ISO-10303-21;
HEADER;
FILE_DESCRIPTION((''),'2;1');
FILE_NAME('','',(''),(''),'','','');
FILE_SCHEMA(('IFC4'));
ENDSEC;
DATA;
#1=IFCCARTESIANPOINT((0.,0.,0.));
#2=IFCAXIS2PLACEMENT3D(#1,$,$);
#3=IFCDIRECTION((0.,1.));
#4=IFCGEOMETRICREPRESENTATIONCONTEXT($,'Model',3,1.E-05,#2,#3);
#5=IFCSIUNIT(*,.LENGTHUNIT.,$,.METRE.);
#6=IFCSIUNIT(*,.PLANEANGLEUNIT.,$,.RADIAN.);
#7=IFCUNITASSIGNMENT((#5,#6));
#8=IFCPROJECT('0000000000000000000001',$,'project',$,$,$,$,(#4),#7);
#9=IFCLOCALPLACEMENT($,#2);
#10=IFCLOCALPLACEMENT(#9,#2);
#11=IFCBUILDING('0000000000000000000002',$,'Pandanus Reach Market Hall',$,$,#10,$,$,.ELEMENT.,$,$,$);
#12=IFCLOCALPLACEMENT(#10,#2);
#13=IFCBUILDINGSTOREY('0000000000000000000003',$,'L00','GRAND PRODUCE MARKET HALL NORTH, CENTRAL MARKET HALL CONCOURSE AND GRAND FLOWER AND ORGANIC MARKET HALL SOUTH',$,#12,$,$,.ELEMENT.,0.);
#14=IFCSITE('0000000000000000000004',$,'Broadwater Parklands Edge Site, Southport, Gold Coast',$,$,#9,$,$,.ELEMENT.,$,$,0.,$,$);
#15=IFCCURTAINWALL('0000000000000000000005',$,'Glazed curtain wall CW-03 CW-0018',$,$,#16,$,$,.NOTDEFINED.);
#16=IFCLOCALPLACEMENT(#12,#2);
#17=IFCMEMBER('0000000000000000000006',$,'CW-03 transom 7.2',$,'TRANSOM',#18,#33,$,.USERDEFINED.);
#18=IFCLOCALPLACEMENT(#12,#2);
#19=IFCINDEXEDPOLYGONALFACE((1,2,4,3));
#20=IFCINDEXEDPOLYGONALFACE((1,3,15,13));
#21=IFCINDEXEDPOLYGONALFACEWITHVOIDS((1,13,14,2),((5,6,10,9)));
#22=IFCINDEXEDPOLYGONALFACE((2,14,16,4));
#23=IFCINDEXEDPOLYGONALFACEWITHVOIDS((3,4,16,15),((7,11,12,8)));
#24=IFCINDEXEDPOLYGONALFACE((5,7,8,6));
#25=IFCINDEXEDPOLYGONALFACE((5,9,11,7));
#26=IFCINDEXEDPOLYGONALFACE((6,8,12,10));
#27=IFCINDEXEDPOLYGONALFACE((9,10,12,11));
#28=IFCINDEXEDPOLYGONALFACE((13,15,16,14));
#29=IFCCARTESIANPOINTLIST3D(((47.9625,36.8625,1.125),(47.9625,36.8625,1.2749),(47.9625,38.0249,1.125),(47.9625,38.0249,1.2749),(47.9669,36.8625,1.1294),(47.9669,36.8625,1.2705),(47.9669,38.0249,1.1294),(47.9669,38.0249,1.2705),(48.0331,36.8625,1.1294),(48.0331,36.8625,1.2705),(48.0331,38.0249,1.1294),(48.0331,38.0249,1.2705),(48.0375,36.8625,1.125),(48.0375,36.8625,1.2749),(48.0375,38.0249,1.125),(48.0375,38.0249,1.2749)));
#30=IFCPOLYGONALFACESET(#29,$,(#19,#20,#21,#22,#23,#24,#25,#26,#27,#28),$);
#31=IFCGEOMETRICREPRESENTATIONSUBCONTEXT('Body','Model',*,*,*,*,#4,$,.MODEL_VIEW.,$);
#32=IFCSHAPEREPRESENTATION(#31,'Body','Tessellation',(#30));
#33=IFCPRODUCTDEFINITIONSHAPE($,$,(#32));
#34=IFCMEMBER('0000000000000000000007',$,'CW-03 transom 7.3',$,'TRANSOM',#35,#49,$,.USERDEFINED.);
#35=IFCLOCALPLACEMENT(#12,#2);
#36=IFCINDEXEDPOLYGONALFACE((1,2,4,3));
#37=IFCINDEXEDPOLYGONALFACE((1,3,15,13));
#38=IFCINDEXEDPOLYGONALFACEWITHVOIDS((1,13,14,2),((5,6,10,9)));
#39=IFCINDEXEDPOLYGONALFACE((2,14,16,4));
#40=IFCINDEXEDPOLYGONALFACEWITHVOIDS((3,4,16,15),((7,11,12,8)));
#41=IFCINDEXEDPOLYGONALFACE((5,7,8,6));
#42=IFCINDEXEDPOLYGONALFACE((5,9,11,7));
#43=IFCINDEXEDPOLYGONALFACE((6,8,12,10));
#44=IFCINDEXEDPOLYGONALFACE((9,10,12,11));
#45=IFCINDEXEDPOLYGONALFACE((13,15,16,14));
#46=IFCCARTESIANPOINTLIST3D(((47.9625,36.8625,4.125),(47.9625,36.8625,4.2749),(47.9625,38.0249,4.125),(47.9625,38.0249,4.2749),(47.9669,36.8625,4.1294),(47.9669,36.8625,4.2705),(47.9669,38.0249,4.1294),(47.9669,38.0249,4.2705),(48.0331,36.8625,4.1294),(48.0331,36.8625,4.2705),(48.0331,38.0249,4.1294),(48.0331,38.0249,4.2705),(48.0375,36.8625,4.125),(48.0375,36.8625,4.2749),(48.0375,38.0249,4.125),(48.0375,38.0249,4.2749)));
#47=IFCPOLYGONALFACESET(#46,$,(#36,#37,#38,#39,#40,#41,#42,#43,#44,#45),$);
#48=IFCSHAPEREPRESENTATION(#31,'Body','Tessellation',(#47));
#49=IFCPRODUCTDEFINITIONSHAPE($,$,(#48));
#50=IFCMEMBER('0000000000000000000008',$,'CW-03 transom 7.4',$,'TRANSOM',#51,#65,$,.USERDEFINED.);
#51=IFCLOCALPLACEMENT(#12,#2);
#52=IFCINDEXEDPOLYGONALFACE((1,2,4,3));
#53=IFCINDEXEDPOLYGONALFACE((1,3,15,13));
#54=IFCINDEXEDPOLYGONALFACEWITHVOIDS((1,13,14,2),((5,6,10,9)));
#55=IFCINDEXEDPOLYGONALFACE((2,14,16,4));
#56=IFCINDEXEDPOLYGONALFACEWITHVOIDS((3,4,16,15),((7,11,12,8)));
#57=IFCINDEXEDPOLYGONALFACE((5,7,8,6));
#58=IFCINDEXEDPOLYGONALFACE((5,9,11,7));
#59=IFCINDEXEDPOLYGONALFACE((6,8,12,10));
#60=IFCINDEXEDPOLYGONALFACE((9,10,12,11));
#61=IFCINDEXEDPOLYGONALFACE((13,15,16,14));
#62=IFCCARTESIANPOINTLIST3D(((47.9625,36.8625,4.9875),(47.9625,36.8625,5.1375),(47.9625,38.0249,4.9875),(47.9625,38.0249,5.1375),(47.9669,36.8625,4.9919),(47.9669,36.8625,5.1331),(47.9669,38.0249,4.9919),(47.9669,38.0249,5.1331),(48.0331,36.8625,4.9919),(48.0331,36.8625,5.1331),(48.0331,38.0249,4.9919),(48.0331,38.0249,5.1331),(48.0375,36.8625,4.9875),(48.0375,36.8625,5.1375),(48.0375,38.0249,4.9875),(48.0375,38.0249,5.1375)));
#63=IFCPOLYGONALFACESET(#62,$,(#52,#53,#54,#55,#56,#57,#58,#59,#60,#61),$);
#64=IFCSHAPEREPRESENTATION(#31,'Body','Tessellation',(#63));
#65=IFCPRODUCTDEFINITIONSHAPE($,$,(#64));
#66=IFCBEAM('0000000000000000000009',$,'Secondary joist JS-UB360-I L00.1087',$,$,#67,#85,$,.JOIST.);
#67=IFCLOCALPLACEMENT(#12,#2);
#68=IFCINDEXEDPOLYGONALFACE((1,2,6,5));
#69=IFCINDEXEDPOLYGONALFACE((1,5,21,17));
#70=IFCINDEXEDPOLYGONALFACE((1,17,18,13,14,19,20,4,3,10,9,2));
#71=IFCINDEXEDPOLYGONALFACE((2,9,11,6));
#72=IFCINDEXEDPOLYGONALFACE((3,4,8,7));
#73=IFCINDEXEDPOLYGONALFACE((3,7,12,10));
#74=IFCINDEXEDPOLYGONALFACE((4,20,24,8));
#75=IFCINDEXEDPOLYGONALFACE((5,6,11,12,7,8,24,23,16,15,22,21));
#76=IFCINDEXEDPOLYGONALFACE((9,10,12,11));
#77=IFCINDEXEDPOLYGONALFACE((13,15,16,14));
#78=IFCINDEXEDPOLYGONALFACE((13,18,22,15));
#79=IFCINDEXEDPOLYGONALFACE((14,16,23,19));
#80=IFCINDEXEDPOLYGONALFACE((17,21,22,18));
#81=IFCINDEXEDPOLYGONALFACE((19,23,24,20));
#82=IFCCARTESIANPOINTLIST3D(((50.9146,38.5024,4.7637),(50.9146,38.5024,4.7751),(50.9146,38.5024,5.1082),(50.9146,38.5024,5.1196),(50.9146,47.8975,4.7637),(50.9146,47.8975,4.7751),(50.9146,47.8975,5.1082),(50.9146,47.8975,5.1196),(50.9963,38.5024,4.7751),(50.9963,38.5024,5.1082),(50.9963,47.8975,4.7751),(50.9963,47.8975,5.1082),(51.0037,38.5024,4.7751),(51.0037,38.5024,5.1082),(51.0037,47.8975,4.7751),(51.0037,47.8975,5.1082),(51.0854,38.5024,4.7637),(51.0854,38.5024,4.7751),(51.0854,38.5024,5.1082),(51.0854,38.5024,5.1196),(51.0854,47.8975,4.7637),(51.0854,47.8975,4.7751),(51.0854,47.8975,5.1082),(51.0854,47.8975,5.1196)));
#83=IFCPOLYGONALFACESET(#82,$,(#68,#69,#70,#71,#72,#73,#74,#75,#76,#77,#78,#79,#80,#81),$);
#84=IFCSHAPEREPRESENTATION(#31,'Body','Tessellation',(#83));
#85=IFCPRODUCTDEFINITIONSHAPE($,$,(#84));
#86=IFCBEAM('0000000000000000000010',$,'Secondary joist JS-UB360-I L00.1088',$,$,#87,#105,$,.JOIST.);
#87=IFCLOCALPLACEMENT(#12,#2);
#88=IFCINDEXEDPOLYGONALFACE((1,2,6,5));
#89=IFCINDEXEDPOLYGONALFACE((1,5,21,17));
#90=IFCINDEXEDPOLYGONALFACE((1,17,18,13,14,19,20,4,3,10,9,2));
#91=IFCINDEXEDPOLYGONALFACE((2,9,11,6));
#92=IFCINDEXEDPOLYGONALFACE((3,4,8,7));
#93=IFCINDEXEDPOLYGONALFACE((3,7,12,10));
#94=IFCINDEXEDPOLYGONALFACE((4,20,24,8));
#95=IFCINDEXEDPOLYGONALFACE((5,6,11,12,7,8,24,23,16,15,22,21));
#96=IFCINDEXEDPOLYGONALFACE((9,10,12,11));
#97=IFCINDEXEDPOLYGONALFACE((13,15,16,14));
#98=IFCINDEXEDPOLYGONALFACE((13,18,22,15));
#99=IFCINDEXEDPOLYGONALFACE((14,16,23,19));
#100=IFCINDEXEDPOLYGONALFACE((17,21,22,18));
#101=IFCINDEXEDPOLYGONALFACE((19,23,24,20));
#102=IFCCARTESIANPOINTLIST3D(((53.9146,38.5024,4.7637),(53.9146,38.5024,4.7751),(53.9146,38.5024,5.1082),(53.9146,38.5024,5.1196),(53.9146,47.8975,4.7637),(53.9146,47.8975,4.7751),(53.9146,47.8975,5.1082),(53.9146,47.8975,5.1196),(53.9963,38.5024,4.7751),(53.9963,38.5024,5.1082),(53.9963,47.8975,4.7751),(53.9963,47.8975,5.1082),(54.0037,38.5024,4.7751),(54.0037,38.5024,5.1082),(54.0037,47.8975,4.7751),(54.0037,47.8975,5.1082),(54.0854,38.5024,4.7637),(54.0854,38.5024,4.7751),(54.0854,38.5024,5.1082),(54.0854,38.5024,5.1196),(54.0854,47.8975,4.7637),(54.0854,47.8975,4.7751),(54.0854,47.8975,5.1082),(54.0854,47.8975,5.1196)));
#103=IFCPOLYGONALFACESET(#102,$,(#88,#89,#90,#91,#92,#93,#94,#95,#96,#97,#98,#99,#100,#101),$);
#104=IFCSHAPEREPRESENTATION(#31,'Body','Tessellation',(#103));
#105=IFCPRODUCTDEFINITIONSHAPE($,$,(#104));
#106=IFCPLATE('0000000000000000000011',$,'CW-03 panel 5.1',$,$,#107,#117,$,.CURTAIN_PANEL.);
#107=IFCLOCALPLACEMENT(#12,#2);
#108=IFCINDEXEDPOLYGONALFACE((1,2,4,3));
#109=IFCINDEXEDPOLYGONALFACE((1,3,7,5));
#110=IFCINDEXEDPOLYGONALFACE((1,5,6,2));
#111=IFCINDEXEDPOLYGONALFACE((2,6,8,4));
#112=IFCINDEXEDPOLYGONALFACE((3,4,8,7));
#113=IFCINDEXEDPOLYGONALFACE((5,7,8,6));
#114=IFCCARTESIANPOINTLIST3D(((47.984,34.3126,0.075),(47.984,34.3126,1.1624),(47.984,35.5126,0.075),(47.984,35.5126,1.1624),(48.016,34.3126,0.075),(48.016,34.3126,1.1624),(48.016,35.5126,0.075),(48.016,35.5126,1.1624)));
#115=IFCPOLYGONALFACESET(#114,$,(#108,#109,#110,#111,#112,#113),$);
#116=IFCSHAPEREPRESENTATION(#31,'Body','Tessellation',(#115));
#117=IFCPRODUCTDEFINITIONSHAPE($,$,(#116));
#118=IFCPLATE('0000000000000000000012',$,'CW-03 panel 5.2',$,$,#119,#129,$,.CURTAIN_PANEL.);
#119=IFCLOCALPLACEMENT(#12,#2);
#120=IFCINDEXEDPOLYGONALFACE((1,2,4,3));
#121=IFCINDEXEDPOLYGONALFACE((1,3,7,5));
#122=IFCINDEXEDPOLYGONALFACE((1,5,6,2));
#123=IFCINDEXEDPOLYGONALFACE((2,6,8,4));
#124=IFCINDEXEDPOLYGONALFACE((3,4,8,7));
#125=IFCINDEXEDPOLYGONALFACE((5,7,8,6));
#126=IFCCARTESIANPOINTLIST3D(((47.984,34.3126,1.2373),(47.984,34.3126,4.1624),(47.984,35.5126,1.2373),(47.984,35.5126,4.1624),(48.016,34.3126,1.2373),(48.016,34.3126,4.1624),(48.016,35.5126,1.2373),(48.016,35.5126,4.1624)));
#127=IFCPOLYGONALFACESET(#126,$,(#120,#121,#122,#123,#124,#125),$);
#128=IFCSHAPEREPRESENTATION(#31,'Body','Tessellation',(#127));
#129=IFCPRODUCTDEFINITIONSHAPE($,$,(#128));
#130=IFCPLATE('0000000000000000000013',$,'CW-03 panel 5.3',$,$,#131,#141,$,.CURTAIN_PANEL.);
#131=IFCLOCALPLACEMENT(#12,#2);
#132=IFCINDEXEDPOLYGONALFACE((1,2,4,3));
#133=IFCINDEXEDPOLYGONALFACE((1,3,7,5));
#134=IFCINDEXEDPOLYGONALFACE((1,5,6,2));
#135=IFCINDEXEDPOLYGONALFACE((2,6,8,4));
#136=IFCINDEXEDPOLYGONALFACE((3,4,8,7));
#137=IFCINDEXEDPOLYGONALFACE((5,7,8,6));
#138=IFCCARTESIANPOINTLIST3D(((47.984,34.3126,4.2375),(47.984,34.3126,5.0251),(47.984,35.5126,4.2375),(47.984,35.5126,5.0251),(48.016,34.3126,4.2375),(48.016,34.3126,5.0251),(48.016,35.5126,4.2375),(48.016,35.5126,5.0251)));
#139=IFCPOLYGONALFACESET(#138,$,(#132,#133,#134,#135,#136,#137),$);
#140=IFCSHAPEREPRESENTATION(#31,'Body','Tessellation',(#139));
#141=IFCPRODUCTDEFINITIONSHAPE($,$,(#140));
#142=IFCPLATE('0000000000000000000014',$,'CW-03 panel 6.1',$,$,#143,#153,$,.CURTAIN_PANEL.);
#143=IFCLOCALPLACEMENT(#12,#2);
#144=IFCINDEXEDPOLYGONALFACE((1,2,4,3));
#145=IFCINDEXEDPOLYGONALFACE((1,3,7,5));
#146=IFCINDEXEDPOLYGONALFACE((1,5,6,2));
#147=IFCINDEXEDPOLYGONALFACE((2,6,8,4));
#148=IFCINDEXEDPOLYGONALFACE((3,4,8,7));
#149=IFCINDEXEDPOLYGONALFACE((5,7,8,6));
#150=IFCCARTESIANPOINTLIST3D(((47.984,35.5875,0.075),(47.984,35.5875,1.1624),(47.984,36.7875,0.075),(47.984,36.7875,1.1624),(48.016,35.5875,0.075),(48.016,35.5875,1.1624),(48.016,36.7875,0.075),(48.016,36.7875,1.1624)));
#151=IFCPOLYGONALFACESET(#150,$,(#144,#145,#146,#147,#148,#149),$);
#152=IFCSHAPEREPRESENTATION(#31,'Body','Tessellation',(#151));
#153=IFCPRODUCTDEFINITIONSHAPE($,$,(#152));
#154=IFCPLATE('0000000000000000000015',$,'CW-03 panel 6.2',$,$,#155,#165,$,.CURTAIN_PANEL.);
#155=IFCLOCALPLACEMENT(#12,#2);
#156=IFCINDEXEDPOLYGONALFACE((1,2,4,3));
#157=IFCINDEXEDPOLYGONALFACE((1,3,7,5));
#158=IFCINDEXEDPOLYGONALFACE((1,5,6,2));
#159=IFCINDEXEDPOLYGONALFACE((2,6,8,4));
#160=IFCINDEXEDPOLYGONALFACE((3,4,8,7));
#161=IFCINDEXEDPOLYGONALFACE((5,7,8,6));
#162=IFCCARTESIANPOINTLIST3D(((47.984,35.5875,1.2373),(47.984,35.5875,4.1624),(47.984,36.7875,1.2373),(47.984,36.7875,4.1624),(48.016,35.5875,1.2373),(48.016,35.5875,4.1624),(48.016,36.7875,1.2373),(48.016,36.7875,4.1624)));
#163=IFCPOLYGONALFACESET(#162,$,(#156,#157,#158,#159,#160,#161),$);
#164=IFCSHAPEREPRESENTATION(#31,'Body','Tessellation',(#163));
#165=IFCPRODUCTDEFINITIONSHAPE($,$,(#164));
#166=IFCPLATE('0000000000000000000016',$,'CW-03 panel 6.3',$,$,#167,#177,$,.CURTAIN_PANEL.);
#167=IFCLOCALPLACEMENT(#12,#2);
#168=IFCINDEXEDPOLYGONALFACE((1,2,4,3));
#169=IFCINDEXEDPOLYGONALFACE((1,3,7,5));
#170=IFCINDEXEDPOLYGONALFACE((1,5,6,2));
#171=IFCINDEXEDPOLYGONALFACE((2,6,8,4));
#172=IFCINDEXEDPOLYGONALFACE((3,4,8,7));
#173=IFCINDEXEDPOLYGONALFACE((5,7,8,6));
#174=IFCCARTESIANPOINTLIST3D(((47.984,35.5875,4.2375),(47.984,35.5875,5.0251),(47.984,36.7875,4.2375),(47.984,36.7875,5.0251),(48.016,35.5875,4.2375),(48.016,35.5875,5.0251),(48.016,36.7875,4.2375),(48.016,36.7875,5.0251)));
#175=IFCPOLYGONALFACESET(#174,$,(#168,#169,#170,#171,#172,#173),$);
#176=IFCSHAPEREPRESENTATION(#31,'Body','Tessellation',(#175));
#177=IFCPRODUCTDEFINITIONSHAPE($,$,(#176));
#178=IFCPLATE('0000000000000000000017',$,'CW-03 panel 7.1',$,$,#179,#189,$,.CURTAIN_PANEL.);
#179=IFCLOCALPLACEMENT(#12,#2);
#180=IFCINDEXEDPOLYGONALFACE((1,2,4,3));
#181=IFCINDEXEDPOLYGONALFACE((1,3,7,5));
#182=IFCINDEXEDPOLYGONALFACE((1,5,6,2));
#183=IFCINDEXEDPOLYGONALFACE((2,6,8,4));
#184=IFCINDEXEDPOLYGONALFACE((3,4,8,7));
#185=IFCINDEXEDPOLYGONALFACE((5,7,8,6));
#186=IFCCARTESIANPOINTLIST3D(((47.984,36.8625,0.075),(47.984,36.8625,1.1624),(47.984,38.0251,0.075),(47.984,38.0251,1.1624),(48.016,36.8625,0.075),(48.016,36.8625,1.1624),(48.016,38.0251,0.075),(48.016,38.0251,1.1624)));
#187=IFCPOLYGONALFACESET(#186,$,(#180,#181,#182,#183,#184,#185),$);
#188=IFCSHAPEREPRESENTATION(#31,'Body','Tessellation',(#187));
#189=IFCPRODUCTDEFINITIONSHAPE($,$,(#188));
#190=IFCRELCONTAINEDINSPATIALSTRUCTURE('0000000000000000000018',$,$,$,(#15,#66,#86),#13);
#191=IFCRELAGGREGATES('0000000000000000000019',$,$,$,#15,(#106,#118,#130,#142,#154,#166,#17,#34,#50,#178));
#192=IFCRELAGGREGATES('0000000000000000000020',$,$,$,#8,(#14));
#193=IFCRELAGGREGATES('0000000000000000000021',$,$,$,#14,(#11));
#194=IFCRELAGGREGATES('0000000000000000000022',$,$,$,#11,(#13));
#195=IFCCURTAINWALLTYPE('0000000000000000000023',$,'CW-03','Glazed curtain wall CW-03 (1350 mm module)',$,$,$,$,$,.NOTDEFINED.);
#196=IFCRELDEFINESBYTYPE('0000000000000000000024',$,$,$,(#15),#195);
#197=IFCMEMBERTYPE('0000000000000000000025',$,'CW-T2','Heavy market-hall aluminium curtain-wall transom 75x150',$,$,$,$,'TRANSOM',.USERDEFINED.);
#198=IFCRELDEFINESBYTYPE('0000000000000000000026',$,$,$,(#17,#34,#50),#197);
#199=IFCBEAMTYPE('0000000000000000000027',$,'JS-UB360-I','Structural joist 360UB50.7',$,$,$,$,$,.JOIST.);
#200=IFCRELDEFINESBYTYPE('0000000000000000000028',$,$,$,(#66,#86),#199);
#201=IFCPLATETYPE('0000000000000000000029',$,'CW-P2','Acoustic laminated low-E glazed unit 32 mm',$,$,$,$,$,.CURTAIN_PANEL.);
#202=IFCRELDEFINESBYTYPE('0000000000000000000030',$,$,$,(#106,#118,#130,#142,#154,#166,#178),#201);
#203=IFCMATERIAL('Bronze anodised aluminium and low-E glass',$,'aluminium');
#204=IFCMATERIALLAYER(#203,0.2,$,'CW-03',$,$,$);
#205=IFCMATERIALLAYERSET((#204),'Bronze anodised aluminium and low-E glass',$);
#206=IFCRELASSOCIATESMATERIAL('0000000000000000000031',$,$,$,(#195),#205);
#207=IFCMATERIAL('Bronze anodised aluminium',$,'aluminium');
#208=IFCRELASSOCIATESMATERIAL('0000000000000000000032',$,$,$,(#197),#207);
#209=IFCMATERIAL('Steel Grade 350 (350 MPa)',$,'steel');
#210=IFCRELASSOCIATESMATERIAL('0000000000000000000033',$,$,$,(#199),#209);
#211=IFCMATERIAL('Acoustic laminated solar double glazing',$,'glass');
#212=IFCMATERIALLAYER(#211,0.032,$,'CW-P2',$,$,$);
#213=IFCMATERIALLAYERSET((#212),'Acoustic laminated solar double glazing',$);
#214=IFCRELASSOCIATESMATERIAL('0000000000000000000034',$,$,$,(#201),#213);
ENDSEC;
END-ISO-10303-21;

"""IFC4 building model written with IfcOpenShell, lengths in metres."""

from ifc_helpers import new_model, si_unit, direction, frame, origin, origin_2d, place, context, subcontext, project, spatial, rectangle, hollow_rectangle, i_section, extrude, material, layer, layer_set, material_profile, profile_set, type_object, element, aggregate, save


model = new_model("IFC4")

# Units and contexts
model_context = context("Model", 3, precision=1e-05, world=origin(), true_north=direction((0.0, 1.0)))
body_context = subcontext(model_context, "Body", "Model", "MODEL_VIEW")
ifc_project = project(units=[si_unit("LENGTHUNIT", "METRE"), si_unit("PLANEANGLEUNIT", "RADIAN")], contexts=[model_context])

# Site, building, storey
site_placement = place(None, origin())
site = spatial("IfcSite", under=ifc_project, at=site_placement, Name="Broadwater Parklands Edge Site, Southport, Gold Coast", CompositionType="ELEMENT", RefElevation=0.0)
building_placement = place(site_placement, origin())
building = spatial("IfcBuilding", under=site, at=building_placement, Name="Pandanus Reach Market Hall", CompositionType="ELEMENT")
storey_placement = place(building_placement, origin())
storey = spatial("IfcBuildingStorey", under=building, at=storey_placement, Name="L00", Description="GRAND PRODUCE MARKET HALL NORTH, CENTRAL MARKET HALL CONCOURSE AND GRAND FLOWER AND ORGANIC MARKET HALL SOUTH", CompositionType="ELEMENT", Elevation=0.0)

# Shared definitions
ifc_material_1 = material(Name="Steel Grade 350 (350 MPa)", Category="steel")

# Curtain wall, members
ifc_material_2 = material(Name="Bronze anodised aluminium and low-E glass", Category="aluminium")
ifc_layer_1 = layer(ifc_material_2, 0.2, Name="CW-03")
ifc_layer_set_1 = layer_set([ifc_layer_1], Name="Bronze anodised aluminium and low-E glass")
curtain_wall_type = type_object("IfcCurtainWallType", Name="CW-03", Description="Glazed curtain wall CW-03 (1350 mm module)", PredefinedType="NOTDEFINED", material=ifc_layer_set_1)
curtain_wall_placement = place(storey_placement, origin())
curtain_wall = element("IfcCurtainWall", 1, at=curtain_wall_placement, inside=storey, type_object=curtain_wall_type, Name="Glazed curtain wall CW-03 CW-0018", PredefinedType="NOTDEFINED")
ifc_material_3 = material(Name="Bronze anodised aluminium", Category="aluminium")
ifc_material_profile_1 = material_profile(ifc_material_3, hollow_rectangle(XDim=0.075, YDim=0.1499, WallThickness=0.0044, at=origin_2d()), Name="ALU75x150", Category="LoadBearing")
ifc_profile_set_1 = profile_set([ifc_material_profile_1], Name="Bronze anodised aluminium")
member_type_1 = type_object("IfcMemberType", Name="CW-T2", Description="Heavy market-hall aluminium curtain-wall transom 75x150", ElementType="TRANSOM", PredefinedType="USERDEFINED", material=ifc_profile_set_1)
member_1_placement = place(storey_placement, frame((48.0, 36.8625, 1.2), z_axis=(0.0, 1.0, 0.0), x_axis=(-1.0, 0.0, 0.0)))
member_1 = element("IfcMember", 2, at=member_1_placement, type_object=member_type_1, Name="CW-03 transom 7.2", ObjectType="TRANSOM", PredefinedType="USERDEFINED", context=body_context, shape_type="SweptSolid", body=[
    extrude(hollow_rectangle(XDim=0.075, YDim=0.1499, WallThickness=0.0044, at=origin_2d()), origin(), (0.0, 0.0, 1.0), 1.1624),
])
member_2_placement = place(storey_placement, frame((48.0, 36.8625, 4.2), z_axis=(0.0, 1.0, 0.0), x_axis=(-1.0, 0.0, 0.0)))
member_2 = element("IfcMember", 3, at=member_2_placement, type_object=member_type_1, Name="CW-03 transom 7.3", ObjectType="TRANSOM", PredefinedType="USERDEFINED", context=body_context, shape_type="SweptSolid", body=[
    extrude(hollow_rectangle(XDim=0.075, YDim=0.1499, WallThickness=0.0044, at=origin_2d()), origin(), (0.0, 0.0, 1.0), 1.1624),
])
member_3_placement = place(storey_placement, frame((48.0, 36.8625, 5.0625), z_axis=(0.0, 1.0, 0.0), x_axis=(-1.0, 0.0, 0.0)))
member_3 = element("IfcMember", 4, at=member_3_placement, type_object=member_type_1, Name="CW-03 transom 7.4", ObjectType="TRANSOM", PredefinedType="USERDEFINED", context=body_context, shape_type="SweptSolid", body=[
    extrude(hollow_rectangle(XDim=0.075, YDim=0.1499, WallThickness=0.0044, at=origin_2d()), origin(), (0.0, 0.0, 1.0), 1.1624),
])

# Beams
ifc_material_profile_2 = material_profile(ifc_material_1, i_section(OverallWidth=0.1709, OverallDepth=0.356, WebThickness=0.0073, FlangeThickness=0.0115, at=origin_2d()), Name="360UB50.7", Category="LoadBearing")
ifc_profile_set_2 = profile_set([ifc_material_profile_2], Name="Steel Grade 350 (350 MPa)")
beam_type_1 = type_object("IfcBeamType", Name="JS-UB360-I", Description="Structural joist 360UB50.7", PredefinedType="JOIST", material=ifc_profile_set_2)
for number, where, z_axis, x_axis, name in (
    (5, (51.0, 38.5024, 4.9417), (0.0, 1.0, 0.0), (-1.0, 0.0, 0.0), "Secondary joist JS-UB360-I L00.1087"),
    (6, (54.0, 38.5024, 4.9417), (0.0, 1.0, 0.0), (-1.0, 0.0, 0.0), "Secondary joist JS-UB360-I L00.1088"),
):
    element("IfcBeam", number, at=place(storey_placement, frame(where, z_axis=z_axis, x_axis=x_axis)), inside=storey, type_object=beam_type_1, Name=name, PredefinedType="JOIST", context=body_context, shape_type="SweptSolid", body=[
        extrude(i_section(OverallWidth=0.1709, OverallDepth=0.356, WebThickness=0.0073, FlangeThickness=0.0115, at=origin_2d()), origin(), (0.0, 0.0, 1.0), 9.395),
    ])

# Plates
ifc_material_4 = material(Name="Acoustic laminated solar double glazing", Category="glass")
ifc_layer_2 = layer(ifc_material_4, 0.032, Name="CW-P2")
ifc_layer_set_2 = layer_set([ifc_layer_2], Name="Acoustic laminated solar double glazing")
plate_type = type_object("IfcPlateType", Name="CW-P2", Description="Acoustic laminated low-E glazed unit 32 mm", PredefinedType="CURTAIN_PANEL", material=ifc_layer_set_2)
plate_1_placement = place(storey_placement, frame((48.0, 34.9126, 0.075), z_axis=(0.0, 0.0, 1.0), x_axis=(0.0, 1.0, 0.0)))
plate_1 = element("IfcPlate", 7, at=plate_1_placement, type_object=plate_type, Name="CW-03 panel 5.1", PredefinedType="CURTAIN_PANEL", context=body_context, shape_type="SweptSolid", body=[
    extrude(rectangle(XDim=1.2, YDim=0.032, at=origin_2d()), origin(), (0.0, 0.0, 1.0), 1.0874),
])
plate_2_placement = place(storey_placement, frame((48.0, 34.9126, 1.2373), z_axis=(0.0, 0.0, 1.0), x_axis=(0.0, 1.0, 0.0)))
plate_2 = element("IfcPlate", 8, at=plate_2_placement, type_object=plate_type, Name="CW-03 panel 5.2", PredefinedType="CURTAIN_PANEL", context=body_context, shape_type="SweptSolid", body=[
    extrude(rectangle(XDim=1.2, YDim=0.032, at=origin_2d()), origin(), (0.0, 0.0, 1.0), 2.925),
])
plate_3_placement = place(storey_placement, frame((48.0, 34.9126, 4.2375), z_axis=(0.0, 0.0, 1.0), x_axis=(0.0, 1.0, 0.0)))
plate_3 = element("IfcPlate", 9, at=plate_3_placement, type_object=plate_type, Name="CW-03 panel 5.3", PredefinedType="CURTAIN_PANEL", context=body_context, shape_type="SweptSolid", body=[
    extrude(rectangle(XDim=1.2, YDim=0.032, at=origin_2d()), origin(), (0.0, 0.0, 1.0), 0.7876),
])
plate_4_placement = place(storey_placement, frame((48.0, 36.1875, 0.075), z_axis=(0.0, 0.0, 1.0), x_axis=(0.0, 1.0, 0.0)))
plate_4 = element("IfcPlate", 10, at=plate_4_placement, type_object=plate_type, Name="CW-03 panel 6.1", PredefinedType="CURTAIN_PANEL", context=body_context, shape_type="SweptSolid", body=[
    extrude(rectangle(XDim=1.2, YDim=0.032, at=origin_2d()), origin(), (0.0, 0.0, 1.0), 1.0874),
])
plate_5_placement = place(storey_placement, frame((48.0, 36.1875, 1.2373), z_axis=(0.0, 0.0, 1.0), x_axis=(0.0, 1.0, 0.0)))
plate_5 = element("IfcPlate", 11, at=plate_5_placement, type_object=plate_type, Name="CW-03 panel 6.2", PredefinedType="CURTAIN_PANEL", context=body_context, shape_type="SweptSolid", body=[
    extrude(rectangle(XDim=1.2, YDim=0.032, at=origin_2d()), origin(), (0.0, 0.0, 1.0), 2.925),
])
plate_6_placement = place(storey_placement, frame((48.0, 36.1875, 4.2375), z_axis=(0.0, 0.0, 1.0), x_axis=(0.0, 1.0, 0.0)))
plate_6 = element("IfcPlate", 12, at=plate_6_placement, type_object=plate_type, Name="CW-03 panel 6.3", PredefinedType="CURTAIN_PANEL", context=body_context, shape_type="SweptSolid", body=[
    extrude(rectangle(XDim=1.2, YDim=0.032, at=origin_2d()), origin(), (0.0, 0.0, 1.0), 0.7876),
])
plate_7_placement = place(storey_placement, frame((48.0, 37.4438, 0.075), z_axis=(0.0, 0.0, 1.0), x_axis=(0.0, 1.0, 0.0)))
plate_7 = element("IfcPlate", 13, at=plate_7_placement, type_object=plate_type, Name="CW-03 panel 7.1", PredefinedType="CURTAIN_PANEL", context=body_context, shape_type="SweptSolid", body=[
    extrude(rectangle(XDim=1.1626, YDim=0.032, at=origin_2d()), origin(), (0.0, 0.0, 1.0), 1.0874),
])
aggregate(curtain_wall, [plate_1, plate_2, plate_3, plate_4, plate_5, plate_6, member_1, member_2, member_3, plate_7])

save(model, "model.ifc")
